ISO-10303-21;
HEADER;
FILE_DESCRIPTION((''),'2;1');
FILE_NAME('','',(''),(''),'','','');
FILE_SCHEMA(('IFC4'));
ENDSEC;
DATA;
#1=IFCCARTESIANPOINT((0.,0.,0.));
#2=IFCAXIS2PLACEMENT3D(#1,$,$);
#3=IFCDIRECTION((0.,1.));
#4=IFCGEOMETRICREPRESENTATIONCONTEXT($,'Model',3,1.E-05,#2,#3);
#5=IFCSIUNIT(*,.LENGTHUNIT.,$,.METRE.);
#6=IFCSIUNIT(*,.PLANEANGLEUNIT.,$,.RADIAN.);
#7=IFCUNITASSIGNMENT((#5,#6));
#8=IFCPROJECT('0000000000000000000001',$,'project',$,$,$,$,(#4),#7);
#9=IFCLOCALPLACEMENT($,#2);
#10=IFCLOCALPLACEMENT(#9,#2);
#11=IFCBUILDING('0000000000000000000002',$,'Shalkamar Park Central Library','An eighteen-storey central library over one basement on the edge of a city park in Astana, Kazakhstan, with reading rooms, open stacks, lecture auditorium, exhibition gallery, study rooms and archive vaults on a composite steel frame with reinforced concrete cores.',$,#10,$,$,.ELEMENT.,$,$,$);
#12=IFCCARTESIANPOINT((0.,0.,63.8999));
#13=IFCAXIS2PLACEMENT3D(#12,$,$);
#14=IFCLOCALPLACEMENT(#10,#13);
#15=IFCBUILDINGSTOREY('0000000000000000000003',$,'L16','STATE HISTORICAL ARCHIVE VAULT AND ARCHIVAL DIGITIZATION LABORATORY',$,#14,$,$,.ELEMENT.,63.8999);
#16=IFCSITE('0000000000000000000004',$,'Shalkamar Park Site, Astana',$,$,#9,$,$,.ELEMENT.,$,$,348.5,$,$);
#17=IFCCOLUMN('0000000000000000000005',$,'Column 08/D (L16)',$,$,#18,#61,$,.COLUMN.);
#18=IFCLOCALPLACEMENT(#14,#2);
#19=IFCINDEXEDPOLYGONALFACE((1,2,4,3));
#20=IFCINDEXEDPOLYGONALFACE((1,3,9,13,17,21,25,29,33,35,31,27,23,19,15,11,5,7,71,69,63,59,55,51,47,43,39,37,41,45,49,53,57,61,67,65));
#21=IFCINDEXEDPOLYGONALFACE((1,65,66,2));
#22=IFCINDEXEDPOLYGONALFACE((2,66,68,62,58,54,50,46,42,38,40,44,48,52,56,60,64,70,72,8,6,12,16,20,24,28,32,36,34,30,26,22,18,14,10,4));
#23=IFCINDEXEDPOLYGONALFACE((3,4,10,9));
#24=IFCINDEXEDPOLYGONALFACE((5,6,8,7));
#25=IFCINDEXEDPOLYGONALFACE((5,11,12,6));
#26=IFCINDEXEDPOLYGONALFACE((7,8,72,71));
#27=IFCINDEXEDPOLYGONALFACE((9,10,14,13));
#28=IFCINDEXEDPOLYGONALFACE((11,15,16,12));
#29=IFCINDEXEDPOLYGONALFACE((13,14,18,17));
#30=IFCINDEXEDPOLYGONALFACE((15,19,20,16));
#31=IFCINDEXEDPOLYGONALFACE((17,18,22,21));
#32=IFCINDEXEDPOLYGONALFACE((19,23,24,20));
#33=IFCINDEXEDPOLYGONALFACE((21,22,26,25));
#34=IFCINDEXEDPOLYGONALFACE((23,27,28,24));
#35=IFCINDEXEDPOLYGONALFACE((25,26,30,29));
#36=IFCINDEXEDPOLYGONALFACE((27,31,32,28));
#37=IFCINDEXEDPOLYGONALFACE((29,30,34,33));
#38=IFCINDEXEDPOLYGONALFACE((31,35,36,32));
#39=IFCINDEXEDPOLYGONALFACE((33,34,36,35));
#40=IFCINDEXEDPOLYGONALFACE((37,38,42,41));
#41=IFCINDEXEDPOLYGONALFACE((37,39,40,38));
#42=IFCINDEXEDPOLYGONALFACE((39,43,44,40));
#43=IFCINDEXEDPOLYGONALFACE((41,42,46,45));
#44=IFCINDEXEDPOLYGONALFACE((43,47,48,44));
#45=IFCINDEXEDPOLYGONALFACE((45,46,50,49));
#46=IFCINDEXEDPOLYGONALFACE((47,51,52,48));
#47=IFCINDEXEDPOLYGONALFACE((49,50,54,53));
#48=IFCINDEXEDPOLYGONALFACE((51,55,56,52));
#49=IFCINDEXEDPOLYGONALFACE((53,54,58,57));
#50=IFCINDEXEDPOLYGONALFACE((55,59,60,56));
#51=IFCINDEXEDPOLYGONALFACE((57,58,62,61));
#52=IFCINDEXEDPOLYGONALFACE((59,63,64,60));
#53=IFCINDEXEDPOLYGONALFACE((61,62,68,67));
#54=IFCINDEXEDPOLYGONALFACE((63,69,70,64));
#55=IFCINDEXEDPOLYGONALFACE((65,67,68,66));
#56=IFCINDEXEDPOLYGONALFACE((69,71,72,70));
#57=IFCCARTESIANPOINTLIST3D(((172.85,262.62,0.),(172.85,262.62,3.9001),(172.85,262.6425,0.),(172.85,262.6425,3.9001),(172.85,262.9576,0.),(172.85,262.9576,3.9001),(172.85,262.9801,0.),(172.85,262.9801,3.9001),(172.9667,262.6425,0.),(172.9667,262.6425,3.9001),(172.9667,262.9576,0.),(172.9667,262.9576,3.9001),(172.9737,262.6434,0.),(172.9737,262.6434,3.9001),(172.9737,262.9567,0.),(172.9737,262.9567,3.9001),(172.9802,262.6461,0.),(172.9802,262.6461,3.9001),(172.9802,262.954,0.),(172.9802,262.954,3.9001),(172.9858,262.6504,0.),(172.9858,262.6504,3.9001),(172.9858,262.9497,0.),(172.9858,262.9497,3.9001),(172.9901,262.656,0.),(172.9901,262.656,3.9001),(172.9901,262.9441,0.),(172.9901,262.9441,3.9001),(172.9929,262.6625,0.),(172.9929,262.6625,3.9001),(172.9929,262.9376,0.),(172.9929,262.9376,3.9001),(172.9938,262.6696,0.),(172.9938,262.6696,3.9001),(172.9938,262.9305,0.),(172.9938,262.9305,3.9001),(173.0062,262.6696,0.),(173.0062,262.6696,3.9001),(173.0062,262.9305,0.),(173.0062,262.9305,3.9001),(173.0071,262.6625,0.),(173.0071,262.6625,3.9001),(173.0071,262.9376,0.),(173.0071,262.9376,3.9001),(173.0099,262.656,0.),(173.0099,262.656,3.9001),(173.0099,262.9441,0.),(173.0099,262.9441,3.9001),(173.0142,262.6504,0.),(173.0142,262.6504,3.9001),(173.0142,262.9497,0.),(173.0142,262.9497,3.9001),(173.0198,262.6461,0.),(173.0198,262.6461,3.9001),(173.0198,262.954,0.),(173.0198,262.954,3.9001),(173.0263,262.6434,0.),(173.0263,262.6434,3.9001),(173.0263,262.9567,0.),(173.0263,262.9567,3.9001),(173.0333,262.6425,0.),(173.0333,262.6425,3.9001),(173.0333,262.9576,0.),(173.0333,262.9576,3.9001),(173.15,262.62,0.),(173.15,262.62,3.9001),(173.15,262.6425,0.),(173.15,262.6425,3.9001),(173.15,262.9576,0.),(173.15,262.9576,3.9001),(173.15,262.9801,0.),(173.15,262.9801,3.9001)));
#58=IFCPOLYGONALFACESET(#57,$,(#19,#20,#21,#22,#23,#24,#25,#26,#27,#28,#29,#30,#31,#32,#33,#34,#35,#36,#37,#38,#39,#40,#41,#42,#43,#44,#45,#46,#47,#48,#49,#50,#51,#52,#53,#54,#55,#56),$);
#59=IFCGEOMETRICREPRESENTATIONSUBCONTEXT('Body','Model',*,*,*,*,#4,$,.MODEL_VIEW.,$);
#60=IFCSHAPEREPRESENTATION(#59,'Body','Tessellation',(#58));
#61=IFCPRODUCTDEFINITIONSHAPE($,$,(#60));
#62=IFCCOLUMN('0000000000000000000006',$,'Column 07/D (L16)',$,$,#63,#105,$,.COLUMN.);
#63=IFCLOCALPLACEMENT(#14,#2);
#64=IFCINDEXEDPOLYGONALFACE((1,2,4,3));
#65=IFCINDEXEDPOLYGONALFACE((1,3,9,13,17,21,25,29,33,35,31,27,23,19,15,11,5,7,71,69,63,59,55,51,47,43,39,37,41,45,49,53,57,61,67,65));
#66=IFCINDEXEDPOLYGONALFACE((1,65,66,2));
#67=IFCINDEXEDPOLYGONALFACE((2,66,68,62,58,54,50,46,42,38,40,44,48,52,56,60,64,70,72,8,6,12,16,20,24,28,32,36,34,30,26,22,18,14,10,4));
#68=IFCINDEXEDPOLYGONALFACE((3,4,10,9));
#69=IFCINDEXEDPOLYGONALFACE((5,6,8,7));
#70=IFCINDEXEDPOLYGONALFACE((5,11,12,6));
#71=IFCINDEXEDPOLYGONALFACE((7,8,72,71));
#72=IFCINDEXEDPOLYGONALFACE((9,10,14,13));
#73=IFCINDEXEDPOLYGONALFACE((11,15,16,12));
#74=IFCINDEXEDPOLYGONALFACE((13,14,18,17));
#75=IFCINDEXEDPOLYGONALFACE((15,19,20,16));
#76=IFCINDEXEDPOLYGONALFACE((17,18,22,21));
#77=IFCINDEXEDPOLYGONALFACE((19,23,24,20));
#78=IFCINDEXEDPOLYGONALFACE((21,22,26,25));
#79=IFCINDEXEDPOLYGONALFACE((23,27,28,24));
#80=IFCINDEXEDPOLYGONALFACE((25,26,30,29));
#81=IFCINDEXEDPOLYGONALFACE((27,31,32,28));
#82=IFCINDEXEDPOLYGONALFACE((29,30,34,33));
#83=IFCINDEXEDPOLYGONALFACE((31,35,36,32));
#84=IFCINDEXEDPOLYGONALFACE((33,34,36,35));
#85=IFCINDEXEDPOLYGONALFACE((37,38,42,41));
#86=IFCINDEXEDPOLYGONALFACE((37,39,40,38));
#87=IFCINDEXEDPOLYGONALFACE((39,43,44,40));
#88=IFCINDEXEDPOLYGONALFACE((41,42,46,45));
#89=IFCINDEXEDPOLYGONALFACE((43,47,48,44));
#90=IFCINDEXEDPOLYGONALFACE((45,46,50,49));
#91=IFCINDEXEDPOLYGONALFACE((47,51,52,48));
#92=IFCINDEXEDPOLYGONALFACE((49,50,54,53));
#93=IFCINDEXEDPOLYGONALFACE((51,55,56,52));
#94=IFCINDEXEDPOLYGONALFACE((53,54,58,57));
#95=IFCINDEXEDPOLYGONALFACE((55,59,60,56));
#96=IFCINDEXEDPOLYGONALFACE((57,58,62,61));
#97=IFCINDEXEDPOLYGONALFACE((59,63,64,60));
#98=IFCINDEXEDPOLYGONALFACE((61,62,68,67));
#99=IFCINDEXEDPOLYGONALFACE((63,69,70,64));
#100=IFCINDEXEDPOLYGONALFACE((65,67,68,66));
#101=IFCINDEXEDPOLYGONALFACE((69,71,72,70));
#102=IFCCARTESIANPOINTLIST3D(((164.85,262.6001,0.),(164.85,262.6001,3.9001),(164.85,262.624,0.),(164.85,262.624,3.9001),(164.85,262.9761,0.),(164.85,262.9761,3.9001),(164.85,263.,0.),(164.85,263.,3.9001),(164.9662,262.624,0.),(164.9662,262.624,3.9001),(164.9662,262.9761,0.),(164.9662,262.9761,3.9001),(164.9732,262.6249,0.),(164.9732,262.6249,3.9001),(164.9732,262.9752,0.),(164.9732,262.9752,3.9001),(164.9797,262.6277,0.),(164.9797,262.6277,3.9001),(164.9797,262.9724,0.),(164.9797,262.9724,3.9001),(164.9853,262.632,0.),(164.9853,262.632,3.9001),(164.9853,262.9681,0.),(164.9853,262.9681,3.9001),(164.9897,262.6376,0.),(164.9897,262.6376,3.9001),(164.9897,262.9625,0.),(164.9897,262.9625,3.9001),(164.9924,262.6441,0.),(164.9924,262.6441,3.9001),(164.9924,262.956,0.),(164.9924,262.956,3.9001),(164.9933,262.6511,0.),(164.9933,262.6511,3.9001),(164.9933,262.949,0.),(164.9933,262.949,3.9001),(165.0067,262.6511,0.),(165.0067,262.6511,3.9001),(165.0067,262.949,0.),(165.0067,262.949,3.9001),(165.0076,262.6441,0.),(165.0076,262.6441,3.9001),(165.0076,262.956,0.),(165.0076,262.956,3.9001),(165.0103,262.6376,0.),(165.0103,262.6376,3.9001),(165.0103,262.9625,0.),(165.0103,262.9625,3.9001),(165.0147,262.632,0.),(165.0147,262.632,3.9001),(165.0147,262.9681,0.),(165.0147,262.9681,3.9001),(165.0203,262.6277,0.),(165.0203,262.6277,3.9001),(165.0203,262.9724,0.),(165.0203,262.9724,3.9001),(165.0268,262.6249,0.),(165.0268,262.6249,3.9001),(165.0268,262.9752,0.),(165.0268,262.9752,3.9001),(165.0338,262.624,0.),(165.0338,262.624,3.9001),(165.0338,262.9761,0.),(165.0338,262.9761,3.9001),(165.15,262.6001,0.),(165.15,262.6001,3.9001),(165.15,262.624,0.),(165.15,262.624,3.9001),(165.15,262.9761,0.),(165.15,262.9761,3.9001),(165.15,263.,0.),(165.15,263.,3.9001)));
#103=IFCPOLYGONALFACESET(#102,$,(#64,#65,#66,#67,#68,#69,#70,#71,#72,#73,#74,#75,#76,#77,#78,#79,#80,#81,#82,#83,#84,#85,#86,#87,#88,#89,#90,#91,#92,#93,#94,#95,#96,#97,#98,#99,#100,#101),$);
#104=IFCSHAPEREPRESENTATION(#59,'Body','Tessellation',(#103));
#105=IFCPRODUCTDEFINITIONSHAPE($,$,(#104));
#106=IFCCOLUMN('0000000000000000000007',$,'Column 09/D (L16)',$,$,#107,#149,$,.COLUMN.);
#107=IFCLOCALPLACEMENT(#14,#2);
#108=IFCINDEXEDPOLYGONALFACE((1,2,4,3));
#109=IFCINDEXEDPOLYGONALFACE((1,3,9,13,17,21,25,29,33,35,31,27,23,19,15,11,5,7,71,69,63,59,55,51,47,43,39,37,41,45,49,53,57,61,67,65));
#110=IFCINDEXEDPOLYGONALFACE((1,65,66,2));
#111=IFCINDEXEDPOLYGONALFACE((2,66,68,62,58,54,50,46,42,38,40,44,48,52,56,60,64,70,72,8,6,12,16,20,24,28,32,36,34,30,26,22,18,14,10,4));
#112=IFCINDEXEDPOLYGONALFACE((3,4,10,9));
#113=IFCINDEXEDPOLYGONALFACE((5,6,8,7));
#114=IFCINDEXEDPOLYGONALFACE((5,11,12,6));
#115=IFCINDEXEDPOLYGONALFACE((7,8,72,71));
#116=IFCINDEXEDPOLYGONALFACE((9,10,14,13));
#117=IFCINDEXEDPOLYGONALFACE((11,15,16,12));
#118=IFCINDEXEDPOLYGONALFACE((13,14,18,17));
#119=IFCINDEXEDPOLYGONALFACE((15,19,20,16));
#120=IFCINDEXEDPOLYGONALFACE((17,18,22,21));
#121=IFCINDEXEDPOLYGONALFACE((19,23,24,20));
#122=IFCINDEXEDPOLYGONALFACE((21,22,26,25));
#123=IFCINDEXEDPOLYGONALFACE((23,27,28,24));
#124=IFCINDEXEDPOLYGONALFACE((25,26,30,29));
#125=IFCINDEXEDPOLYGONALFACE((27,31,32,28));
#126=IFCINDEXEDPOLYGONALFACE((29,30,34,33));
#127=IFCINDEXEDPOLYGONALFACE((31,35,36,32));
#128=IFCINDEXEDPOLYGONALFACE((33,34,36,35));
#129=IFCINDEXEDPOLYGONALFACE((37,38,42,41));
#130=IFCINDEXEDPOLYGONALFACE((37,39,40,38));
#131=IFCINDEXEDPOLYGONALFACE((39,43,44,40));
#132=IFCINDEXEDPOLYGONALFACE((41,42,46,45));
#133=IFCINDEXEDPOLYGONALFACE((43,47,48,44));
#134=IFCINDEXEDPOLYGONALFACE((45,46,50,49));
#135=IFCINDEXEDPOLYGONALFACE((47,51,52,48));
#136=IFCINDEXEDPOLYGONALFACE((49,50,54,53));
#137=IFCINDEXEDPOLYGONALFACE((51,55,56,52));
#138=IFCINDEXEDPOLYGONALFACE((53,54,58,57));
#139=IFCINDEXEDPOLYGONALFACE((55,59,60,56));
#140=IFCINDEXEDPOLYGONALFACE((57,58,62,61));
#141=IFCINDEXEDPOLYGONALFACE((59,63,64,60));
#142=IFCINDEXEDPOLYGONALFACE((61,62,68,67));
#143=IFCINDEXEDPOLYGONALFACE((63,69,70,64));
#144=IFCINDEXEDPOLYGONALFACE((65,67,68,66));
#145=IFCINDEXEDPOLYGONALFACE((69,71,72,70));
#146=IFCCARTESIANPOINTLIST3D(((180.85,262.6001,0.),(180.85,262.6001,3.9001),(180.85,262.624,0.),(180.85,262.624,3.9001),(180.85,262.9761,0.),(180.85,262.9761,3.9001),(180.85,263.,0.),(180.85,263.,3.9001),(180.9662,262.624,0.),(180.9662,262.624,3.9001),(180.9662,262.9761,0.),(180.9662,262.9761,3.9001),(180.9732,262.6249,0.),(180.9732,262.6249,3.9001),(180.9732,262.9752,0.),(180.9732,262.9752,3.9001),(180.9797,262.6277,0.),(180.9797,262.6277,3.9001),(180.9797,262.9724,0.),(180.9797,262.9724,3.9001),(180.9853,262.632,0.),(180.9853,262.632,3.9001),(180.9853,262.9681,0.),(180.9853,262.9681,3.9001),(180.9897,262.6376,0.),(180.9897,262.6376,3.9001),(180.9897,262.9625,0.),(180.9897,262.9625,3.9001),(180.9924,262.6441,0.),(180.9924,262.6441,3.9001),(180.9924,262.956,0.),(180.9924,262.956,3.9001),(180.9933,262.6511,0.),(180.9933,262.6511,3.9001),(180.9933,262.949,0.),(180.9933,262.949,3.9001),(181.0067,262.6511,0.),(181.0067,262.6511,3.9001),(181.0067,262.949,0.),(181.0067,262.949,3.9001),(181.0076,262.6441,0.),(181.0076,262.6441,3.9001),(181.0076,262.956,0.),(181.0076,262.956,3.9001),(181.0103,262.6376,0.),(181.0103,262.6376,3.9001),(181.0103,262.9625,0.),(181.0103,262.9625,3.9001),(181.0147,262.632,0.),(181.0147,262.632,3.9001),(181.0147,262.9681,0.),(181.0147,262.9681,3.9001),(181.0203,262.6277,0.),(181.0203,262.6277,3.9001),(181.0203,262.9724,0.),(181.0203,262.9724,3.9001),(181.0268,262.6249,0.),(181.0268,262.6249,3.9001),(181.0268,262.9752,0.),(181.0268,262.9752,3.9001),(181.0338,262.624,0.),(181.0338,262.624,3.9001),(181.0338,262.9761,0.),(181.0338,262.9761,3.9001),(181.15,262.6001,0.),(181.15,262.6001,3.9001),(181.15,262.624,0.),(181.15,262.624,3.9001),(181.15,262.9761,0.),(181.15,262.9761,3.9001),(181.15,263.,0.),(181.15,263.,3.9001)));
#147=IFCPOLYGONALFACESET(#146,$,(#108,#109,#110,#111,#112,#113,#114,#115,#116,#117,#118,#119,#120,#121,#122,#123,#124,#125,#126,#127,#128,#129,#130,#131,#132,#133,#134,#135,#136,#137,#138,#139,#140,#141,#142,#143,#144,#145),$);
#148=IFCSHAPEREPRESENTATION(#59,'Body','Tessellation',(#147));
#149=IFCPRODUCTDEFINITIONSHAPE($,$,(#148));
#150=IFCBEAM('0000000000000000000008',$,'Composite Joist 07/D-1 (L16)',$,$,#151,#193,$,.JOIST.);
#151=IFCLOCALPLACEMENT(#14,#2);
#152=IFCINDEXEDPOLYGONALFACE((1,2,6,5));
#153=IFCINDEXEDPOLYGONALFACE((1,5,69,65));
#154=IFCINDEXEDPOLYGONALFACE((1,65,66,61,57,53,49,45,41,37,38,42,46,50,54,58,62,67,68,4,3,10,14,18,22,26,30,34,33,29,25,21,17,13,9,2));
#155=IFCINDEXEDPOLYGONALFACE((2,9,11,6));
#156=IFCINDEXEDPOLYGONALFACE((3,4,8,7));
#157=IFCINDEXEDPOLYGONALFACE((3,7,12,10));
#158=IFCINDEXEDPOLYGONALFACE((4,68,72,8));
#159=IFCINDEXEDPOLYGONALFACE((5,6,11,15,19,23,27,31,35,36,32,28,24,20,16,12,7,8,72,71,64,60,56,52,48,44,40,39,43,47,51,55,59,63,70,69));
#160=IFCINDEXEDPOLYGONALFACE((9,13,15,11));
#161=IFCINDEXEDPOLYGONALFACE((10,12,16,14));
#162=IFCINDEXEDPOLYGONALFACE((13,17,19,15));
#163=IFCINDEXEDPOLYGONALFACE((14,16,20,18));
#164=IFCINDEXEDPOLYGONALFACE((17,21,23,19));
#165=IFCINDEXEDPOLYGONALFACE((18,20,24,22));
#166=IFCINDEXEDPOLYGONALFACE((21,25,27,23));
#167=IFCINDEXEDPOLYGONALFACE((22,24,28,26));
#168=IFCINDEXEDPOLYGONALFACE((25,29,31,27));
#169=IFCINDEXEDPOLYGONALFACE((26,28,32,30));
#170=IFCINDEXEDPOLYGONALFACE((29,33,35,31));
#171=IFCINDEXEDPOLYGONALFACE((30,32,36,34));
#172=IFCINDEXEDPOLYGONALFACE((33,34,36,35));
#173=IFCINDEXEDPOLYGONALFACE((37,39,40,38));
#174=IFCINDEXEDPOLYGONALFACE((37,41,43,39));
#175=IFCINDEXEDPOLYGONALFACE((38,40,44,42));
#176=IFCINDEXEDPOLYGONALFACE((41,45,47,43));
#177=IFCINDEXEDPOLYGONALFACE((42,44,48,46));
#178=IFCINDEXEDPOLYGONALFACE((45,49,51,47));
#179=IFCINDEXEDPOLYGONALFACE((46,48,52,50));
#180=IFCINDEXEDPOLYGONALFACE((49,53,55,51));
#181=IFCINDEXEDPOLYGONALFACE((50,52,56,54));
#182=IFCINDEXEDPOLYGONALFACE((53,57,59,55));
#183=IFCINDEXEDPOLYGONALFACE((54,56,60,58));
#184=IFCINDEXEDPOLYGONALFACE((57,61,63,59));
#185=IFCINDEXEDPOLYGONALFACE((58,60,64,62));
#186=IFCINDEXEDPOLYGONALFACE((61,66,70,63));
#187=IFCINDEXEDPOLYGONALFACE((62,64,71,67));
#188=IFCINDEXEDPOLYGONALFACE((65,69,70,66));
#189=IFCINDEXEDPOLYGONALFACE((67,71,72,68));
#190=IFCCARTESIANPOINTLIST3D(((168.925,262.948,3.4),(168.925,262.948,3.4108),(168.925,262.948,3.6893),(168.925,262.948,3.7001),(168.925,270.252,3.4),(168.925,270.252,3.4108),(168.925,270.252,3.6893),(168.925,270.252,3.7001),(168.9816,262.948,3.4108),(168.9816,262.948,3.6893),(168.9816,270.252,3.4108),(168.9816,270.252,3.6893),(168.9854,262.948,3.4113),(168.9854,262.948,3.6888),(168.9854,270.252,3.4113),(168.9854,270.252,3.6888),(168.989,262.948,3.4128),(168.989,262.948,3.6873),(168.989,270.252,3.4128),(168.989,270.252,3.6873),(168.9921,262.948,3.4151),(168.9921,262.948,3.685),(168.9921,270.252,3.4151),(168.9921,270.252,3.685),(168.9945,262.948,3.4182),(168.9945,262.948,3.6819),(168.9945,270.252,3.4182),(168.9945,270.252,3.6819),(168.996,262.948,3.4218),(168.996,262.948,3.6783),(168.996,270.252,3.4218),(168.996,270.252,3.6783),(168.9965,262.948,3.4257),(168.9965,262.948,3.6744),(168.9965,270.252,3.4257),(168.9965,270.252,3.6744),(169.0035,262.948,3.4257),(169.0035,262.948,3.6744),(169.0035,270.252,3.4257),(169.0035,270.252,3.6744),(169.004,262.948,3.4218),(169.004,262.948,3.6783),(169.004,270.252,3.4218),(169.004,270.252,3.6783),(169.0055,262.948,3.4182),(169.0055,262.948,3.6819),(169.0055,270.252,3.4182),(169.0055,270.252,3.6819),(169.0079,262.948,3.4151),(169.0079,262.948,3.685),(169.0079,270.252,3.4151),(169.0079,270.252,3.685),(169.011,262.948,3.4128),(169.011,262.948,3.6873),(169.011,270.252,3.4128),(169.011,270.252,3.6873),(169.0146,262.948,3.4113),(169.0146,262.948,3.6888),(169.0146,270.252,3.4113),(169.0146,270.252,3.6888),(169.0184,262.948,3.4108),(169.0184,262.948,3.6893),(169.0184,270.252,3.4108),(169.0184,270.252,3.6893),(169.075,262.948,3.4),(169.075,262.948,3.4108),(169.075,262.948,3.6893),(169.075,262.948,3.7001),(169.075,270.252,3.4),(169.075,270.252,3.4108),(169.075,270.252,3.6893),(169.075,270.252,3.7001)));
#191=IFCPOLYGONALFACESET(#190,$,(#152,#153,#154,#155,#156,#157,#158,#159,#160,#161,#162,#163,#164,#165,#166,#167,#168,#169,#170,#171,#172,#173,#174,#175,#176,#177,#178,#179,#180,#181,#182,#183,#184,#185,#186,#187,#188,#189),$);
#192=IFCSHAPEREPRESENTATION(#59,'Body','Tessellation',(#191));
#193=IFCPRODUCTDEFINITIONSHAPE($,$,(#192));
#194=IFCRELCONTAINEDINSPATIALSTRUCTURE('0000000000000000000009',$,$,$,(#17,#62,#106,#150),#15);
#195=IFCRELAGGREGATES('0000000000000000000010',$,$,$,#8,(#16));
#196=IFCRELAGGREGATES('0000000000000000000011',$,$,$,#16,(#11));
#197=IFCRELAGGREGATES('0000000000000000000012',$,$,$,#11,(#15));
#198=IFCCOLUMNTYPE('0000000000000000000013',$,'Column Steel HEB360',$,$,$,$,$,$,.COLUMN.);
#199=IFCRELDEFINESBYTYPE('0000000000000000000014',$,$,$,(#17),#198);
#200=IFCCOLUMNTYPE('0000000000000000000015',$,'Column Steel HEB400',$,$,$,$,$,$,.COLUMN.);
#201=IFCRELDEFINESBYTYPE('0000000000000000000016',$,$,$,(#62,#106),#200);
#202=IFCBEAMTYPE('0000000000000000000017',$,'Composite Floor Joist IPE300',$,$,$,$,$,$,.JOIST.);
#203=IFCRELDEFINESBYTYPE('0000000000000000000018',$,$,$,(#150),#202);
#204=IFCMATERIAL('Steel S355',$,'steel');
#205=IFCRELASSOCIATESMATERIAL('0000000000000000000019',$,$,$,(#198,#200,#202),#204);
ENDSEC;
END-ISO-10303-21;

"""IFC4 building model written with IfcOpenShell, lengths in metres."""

from ifc_helpers import new_model, si_unit, direction, frame, origin, origin_2d, place, context, subcontext, project, spatial, i_section, extrude, material, material_profile, profile_set, type_object, element, save


model = new_model("IFC4")

# Units and contexts
model_context = context("Model", 3, precision=1e-05, world=origin(), true_north=direction((0.0, 1.0)))
body_context = subcontext(model_context, "Body", "Model", "MODEL_VIEW")
ifc_project = project(units=[si_unit("LENGTHUNIT", "METRE"), si_unit("PLANEANGLEUNIT", "RADIAN")], contexts=[model_context])

# Site, building, storey
site_placement = place(None, origin())
site = spatial("IfcSite", under=ifc_project, at=site_placement, Name="Shalkamar Park Site, Astana", CompositionType="ELEMENT", RefElevation=348.5)
building_placement = place(site_placement, origin())
building = spatial("IfcBuilding", under=site, at=building_placement, Name="Shalkamar Park Central Library", Description="An eighteen-storey central library over one basement on the edge of a city park in Astana, Kazakhstan, with reading rooms, open stacks, lecture auditorium, exhibition gallery, study rooms and archive vaults on a composite steel frame with reinforced concrete cores.", CompositionType="ELEMENT")
storey_placement = place(building_placement, frame((0.0, 0.0, 63.8999)))
storey = spatial("IfcBuildingStorey", under=building, at=storey_placement, Name="L16", Description="STATE HISTORICAL ARCHIVE VAULT AND ARCHIVAL DIGITIZATION LABORATORY", CompositionType="ELEMENT", Elevation=63.8999)

# Columns
ifc_material_1 = material(Name="Steel S355", Category="steel")
ifc_material_profile_1 = material_profile(ifc_material_1, i_section(OverallWidth=0.3, OverallDepth=0.3601, WebThickness=0.0125, FlangeThickness=0.0225, FilletRadius=0.0271, at=origin_2d()), Name="HEB 360")
ifc_profile_set_1 = profile_set([ifc_material_profile_1], Name="Steel S355")
column_type_1 = type_object("IfcColumnType", Name="Column Steel HEB360", PredefinedType="COLUMN", material=ifc_profile_set_1)
column_placement = place(storey_placement, frame((173.0, 262.8, 0.0), z_axis=(0.0, 0.0, 1.0), x_axis=(1.0, 0.0, 0.0)))
element("IfcColumn", 1, at=column_placement, inside=storey, type_object=column_type_1, Name="Column 08/D (L16)", PredefinedType="COLUMN", context=body_context, shape_type="SweptSolid", body=[
    extrude(i_section(OverallWidth=0.3, OverallDepth=0.3601, WebThickness=0.0125, FlangeThickness=0.0225, FilletRadius=0.0271, at=origin_2d()), origin(), (0.0, 0.0, 1.0), 3.9001),
])
ifc_material_profile_2 = material_profile(ifc_material_1, i_section(OverallWidth=0.3, OverallDepth=0.3999, WebThickness=0.0134, FlangeThickness=0.0239, FilletRadius=0.0271, at=origin_2d()), Name="HEB 400")
ifc_profile_set_2 = profile_set([ifc_material_profile_2], Name="Steel S355")
column_type_2 = type_object("IfcColumnType", Name="Column Steel HEB400", PredefinedType="COLUMN", material=ifc_profile_set_2)
for number, where, z_axis, x_axis, name in (
    (2, (165.0, 262.8, 0.0), (0.0, 0.0, 1.0), (1.0, 0.0, 0.0), "Column 07/D (L16)"),
    (3, (181.0, 262.8, 0.0), (0.0, 0.0, 1.0), (1.0, 0.0, 0.0), "Column 09/D (L16)"),
):
    element("IfcColumn", number, at=place(storey_placement, frame(where, z_axis=z_axis, x_axis=x_axis)), inside=storey, type_object=column_type_2, Name=name, PredefinedType="COLUMN", context=body_context, shape_type="SweptSolid", body=[
        extrude(i_section(OverallWidth=0.3, OverallDepth=0.3999, WebThickness=0.0134, FlangeThickness=0.0239, FilletRadius=0.0271, at=origin_2d()), origin(), (0.0, 0.0, 1.0), 3.9001),
    ])

# Beam
ifc_material_profile_3 = material_profile(ifc_material_1, i_section(OverallWidth=0.1499, OverallDepth=0.3, WebThickness=0.0071, FlangeThickness=0.0107, FilletRadius=0.0149, at=origin_2d()), Name="IPE 300")
ifc_profile_set_3 = profile_set([ifc_material_profile_3], Name="Steel S355")
beam_type_1 = type_object("IfcBeamType", Name="Composite Floor Joist IPE300", PredefinedType="JOIST", material=ifc_profile_set_3)
for number, where, z_axis, x_axis, name in (
    (4, (169.0, 262.948, 3.55), (0.0, 1.0, 0.0), (-1.0, 0.0, 0.0), "Composite Joist 07/D-1 (L16)"),
):
    element("IfcBeam", number, at=place(storey_placement, frame(where, z_axis=z_axis, x_axis=x_axis)), inside=storey, type_object=beam_type_1, Name=name, PredefinedType="JOIST", context=body_context, shape_type="SweptSolid", body=[
        extrude(i_section(OverallWidth=0.1499, OverallDepth=0.3, WebThickness=0.0071, FlangeThickness=0.0107, FilletRadius=0.0149, at=origin_2d()), origin(), (0.0, 0.0, 1.0), 7.304),
    ])

save(model, "model.ifc")
